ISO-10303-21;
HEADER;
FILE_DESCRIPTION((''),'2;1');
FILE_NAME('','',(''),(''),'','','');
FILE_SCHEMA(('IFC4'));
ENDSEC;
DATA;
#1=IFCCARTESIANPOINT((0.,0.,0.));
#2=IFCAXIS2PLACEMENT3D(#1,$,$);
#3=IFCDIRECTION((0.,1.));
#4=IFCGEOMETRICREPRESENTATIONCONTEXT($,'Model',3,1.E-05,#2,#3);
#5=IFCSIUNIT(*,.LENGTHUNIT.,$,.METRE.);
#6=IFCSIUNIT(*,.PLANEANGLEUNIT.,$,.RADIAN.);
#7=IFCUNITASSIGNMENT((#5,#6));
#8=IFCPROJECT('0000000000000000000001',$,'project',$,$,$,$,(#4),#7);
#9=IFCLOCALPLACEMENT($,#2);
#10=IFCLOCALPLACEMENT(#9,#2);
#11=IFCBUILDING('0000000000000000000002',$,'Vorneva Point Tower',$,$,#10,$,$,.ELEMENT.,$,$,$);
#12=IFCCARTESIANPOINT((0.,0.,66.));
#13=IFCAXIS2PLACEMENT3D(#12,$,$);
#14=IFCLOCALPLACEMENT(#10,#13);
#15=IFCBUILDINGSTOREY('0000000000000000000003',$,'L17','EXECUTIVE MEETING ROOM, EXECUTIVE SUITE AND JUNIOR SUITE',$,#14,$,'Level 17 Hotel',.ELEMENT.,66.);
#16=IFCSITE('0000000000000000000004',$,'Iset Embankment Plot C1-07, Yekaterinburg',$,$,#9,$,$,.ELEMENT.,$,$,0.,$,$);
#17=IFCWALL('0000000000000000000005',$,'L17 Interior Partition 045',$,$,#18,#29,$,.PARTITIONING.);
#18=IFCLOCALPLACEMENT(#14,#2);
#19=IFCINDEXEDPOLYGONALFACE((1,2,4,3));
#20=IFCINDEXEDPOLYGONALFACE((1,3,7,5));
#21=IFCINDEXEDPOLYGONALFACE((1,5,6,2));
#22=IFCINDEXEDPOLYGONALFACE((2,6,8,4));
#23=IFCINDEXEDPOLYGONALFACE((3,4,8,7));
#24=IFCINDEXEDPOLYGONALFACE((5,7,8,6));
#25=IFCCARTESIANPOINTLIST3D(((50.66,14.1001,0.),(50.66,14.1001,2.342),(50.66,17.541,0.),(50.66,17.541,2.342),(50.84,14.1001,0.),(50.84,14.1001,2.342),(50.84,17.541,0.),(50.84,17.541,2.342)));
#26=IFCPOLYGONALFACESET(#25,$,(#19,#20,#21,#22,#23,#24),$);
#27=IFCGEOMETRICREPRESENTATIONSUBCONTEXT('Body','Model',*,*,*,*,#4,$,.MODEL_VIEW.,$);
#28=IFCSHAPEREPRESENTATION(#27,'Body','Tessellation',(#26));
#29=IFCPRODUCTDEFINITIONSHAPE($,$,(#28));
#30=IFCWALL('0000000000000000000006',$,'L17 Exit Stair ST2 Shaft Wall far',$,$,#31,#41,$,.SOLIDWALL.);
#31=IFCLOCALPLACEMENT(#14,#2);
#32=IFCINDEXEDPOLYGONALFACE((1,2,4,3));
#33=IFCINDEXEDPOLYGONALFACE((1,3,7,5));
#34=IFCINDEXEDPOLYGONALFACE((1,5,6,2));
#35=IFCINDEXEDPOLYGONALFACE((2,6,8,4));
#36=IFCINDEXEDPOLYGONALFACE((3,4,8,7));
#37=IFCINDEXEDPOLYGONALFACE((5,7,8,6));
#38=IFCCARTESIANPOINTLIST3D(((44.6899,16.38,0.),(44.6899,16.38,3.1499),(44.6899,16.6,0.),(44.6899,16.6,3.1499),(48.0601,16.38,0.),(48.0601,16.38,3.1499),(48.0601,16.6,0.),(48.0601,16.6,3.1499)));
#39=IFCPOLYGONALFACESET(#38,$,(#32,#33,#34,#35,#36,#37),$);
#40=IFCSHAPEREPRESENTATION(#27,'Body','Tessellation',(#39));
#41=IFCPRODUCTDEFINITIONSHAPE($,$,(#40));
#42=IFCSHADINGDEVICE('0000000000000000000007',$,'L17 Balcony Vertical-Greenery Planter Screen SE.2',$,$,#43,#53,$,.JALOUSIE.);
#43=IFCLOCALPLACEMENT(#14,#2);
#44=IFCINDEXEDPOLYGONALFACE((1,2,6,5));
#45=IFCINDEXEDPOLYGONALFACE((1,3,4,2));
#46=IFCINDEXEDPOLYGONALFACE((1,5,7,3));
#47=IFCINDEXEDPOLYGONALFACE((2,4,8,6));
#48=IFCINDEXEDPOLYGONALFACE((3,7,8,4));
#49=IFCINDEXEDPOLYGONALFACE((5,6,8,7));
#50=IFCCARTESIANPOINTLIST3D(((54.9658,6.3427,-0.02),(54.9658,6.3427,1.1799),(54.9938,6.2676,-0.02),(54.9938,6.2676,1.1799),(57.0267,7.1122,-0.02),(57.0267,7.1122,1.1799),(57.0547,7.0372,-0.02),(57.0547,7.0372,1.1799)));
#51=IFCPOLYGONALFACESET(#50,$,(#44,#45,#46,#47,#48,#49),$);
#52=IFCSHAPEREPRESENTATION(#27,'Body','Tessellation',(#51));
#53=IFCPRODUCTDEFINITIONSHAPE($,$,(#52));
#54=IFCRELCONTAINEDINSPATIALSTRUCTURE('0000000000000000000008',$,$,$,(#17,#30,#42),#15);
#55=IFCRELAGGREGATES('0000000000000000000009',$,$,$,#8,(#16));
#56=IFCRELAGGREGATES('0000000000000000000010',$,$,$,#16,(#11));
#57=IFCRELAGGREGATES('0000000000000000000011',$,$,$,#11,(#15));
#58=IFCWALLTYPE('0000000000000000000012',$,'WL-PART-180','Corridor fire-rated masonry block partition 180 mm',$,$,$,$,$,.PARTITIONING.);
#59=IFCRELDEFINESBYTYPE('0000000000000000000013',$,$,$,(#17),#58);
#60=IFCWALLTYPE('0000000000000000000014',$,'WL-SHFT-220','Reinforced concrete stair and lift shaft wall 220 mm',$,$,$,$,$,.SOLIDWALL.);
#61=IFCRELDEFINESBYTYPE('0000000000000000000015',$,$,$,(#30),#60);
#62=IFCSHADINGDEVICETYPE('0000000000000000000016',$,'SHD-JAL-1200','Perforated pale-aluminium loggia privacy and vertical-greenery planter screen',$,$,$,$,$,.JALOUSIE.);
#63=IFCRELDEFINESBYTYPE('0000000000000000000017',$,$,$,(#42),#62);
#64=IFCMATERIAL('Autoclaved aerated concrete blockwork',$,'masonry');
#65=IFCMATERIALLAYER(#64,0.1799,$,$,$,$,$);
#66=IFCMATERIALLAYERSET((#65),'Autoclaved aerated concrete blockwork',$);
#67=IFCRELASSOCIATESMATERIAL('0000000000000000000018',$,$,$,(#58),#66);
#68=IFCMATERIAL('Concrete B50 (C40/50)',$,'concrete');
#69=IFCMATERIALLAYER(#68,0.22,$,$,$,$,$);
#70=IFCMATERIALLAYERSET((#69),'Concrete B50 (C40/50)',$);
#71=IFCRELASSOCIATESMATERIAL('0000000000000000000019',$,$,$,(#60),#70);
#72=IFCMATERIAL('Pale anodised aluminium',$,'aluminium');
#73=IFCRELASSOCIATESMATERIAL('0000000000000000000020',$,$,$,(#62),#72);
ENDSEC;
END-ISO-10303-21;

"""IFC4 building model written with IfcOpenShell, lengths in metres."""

from ifc_helpers import new_model, si_unit, direction, frame, frame_2d, origin, origin_2d, place, context, subcontext, project, spatial, rectangle, extrude, material, layer, layer_set, type_object, element, save


model = new_model("IFC4")

# Units and contexts
model_context = context("Model", 3, precision=1e-05, world=origin(), true_north=direction((0.0, 1.0)))
body_context = subcontext(model_context, "Body", "Model", "MODEL_VIEW")
ifc_project = project(units=[si_unit("LENGTHUNIT", "METRE"), si_unit("PLANEANGLEUNIT", "RADIAN")], contexts=[model_context])

# Site, building, storey
site_placement = place(None, origin())
site = spatial("IfcSite", under=ifc_project, at=site_placement, Name="Iset Embankment Plot C1-07, Yekaterinburg", CompositionType="ELEMENT", RefElevation=0.0)
building_placement = place(site_placement, origin())
building = spatial("IfcBuilding", under=site, at=building_placement, Name="Vorneva Point Tower", CompositionType="ELEMENT")
storey_placement = place(building_placement, frame((0.0, 0.0, 66.0)))
storey = spatial("IfcBuildingStorey", under=building, at=storey_placement, Name="L17", Description="EXECUTIVE MEETING ROOM, EXECUTIVE SUITE AND JUNIOR SUITE", LongName="Level 17 Hotel", CompositionType="ELEMENT", Elevation=66.0)

# Shared definitions
ifc_material_1 = material(Name="Pale anodised aluminium", Category="aluminium")

# Walls
ifc_material_2 = material(Name="Autoclaved aerated concrete blockwork", Category="masonry")
ifc_layer_1 = layer(ifc_material_2, 0.1799)
ifc_layer_set_1 = layer_set([ifc_layer_1], Name="Autoclaved aerated concrete blockwork")
wall_type_1 = type_object("IfcWallType", Name="WL-PART-180", Description="Corridor fire-rated masonry block partition 180 mm", PredefinedType="PARTITIONING", material=ifc_layer_set_1)
wall_1_placement = place(storey_placement, frame((50.75, 14.1001, 0.0), z_axis=(0.0, 0.0, 1.0), x_axis=(0.0, 1.0, 0.0)))
element("IfcWall", 1, at=wall_1_placement, inside=storey, type_object=wall_type_1, Name="L17 Interior Partition 045", PredefinedType="PARTITIONING", context=body_context, shape_type="SweptSolid", body=[
    extrude(rectangle(XDim=3.4409, YDim=0.1799, at=frame_2d((1.7205, 0.0))), origin(), (0.0, 0.0, 1.0), 2.342),
])
ifc_material_3 = material(Name="Concrete B50 (C40/50)", Category="concrete")
ifc_layer_2 = layer(ifc_material_3, 0.22)
ifc_layer_set_2 = layer_set([ifc_layer_2], Name="Concrete B50 (C40/50)")
wall_type_2 = type_object("IfcWallType", Name="WL-SHFT-220", Description="Reinforced concrete stair and lift shaft wall 220 mm", PredefinedType="SOLIDWALL", material=ifc_layer_set_2)
wall_2_placement = place(storey_placement, frame((48.0601, 16.49, 0.0), z_axis=(0.0, 0.0, 1.0), x_axis=(-1.0, 0.0, 0.0)))
element("IfcWall", 2, at=wall_2_placement, inside=storey, type_object=wall_type_2, Name="L17 Exit Stair ST2 Shaft Wall far", PredefinedType="SOLIDWALL", context=body_context, shape_type="SweptSolid", body=[
    extrude(rectangle(XDim=3.3701, YDim=0.22, at=frame_2d((1.6851, 0.0))), origin(), (0.0, 0.0, 1.0), 3.1499),
])

# Shading device
shading_device_type = type_object("IfcShadingDeviceType", Name="SHD-JAL-1200", Description="Perforated pale-aluminium loggia privacy and vertical-greenery planter screen", PredefinedType="JALOUSIE", material=ifc_material_1)
shading_device_placement = place(storey_placement, frame((56.0103, 6.6899, -0.02), z_axis=(0.0, 0.0, 1.0), x_axis=(0.936819, 0.349815, 0.0)))
element("IfcShadingDevice", 3, at=shading_device_placement, inside=storey, type_object=shading_device_type, Name="L17 Balcony Vertical-Greenery Planter Screen SE.2", PredefinedType="JALOUSIE", context=body_context, shape_type="SweptSolid", body=[
    extrude(rectangle(XDim=2.2, YDim=0.0801, at=origin_2d()), origin(), (0.0, 0.0, 1.0), 1.2),
])

save(model, "model.ifc")
